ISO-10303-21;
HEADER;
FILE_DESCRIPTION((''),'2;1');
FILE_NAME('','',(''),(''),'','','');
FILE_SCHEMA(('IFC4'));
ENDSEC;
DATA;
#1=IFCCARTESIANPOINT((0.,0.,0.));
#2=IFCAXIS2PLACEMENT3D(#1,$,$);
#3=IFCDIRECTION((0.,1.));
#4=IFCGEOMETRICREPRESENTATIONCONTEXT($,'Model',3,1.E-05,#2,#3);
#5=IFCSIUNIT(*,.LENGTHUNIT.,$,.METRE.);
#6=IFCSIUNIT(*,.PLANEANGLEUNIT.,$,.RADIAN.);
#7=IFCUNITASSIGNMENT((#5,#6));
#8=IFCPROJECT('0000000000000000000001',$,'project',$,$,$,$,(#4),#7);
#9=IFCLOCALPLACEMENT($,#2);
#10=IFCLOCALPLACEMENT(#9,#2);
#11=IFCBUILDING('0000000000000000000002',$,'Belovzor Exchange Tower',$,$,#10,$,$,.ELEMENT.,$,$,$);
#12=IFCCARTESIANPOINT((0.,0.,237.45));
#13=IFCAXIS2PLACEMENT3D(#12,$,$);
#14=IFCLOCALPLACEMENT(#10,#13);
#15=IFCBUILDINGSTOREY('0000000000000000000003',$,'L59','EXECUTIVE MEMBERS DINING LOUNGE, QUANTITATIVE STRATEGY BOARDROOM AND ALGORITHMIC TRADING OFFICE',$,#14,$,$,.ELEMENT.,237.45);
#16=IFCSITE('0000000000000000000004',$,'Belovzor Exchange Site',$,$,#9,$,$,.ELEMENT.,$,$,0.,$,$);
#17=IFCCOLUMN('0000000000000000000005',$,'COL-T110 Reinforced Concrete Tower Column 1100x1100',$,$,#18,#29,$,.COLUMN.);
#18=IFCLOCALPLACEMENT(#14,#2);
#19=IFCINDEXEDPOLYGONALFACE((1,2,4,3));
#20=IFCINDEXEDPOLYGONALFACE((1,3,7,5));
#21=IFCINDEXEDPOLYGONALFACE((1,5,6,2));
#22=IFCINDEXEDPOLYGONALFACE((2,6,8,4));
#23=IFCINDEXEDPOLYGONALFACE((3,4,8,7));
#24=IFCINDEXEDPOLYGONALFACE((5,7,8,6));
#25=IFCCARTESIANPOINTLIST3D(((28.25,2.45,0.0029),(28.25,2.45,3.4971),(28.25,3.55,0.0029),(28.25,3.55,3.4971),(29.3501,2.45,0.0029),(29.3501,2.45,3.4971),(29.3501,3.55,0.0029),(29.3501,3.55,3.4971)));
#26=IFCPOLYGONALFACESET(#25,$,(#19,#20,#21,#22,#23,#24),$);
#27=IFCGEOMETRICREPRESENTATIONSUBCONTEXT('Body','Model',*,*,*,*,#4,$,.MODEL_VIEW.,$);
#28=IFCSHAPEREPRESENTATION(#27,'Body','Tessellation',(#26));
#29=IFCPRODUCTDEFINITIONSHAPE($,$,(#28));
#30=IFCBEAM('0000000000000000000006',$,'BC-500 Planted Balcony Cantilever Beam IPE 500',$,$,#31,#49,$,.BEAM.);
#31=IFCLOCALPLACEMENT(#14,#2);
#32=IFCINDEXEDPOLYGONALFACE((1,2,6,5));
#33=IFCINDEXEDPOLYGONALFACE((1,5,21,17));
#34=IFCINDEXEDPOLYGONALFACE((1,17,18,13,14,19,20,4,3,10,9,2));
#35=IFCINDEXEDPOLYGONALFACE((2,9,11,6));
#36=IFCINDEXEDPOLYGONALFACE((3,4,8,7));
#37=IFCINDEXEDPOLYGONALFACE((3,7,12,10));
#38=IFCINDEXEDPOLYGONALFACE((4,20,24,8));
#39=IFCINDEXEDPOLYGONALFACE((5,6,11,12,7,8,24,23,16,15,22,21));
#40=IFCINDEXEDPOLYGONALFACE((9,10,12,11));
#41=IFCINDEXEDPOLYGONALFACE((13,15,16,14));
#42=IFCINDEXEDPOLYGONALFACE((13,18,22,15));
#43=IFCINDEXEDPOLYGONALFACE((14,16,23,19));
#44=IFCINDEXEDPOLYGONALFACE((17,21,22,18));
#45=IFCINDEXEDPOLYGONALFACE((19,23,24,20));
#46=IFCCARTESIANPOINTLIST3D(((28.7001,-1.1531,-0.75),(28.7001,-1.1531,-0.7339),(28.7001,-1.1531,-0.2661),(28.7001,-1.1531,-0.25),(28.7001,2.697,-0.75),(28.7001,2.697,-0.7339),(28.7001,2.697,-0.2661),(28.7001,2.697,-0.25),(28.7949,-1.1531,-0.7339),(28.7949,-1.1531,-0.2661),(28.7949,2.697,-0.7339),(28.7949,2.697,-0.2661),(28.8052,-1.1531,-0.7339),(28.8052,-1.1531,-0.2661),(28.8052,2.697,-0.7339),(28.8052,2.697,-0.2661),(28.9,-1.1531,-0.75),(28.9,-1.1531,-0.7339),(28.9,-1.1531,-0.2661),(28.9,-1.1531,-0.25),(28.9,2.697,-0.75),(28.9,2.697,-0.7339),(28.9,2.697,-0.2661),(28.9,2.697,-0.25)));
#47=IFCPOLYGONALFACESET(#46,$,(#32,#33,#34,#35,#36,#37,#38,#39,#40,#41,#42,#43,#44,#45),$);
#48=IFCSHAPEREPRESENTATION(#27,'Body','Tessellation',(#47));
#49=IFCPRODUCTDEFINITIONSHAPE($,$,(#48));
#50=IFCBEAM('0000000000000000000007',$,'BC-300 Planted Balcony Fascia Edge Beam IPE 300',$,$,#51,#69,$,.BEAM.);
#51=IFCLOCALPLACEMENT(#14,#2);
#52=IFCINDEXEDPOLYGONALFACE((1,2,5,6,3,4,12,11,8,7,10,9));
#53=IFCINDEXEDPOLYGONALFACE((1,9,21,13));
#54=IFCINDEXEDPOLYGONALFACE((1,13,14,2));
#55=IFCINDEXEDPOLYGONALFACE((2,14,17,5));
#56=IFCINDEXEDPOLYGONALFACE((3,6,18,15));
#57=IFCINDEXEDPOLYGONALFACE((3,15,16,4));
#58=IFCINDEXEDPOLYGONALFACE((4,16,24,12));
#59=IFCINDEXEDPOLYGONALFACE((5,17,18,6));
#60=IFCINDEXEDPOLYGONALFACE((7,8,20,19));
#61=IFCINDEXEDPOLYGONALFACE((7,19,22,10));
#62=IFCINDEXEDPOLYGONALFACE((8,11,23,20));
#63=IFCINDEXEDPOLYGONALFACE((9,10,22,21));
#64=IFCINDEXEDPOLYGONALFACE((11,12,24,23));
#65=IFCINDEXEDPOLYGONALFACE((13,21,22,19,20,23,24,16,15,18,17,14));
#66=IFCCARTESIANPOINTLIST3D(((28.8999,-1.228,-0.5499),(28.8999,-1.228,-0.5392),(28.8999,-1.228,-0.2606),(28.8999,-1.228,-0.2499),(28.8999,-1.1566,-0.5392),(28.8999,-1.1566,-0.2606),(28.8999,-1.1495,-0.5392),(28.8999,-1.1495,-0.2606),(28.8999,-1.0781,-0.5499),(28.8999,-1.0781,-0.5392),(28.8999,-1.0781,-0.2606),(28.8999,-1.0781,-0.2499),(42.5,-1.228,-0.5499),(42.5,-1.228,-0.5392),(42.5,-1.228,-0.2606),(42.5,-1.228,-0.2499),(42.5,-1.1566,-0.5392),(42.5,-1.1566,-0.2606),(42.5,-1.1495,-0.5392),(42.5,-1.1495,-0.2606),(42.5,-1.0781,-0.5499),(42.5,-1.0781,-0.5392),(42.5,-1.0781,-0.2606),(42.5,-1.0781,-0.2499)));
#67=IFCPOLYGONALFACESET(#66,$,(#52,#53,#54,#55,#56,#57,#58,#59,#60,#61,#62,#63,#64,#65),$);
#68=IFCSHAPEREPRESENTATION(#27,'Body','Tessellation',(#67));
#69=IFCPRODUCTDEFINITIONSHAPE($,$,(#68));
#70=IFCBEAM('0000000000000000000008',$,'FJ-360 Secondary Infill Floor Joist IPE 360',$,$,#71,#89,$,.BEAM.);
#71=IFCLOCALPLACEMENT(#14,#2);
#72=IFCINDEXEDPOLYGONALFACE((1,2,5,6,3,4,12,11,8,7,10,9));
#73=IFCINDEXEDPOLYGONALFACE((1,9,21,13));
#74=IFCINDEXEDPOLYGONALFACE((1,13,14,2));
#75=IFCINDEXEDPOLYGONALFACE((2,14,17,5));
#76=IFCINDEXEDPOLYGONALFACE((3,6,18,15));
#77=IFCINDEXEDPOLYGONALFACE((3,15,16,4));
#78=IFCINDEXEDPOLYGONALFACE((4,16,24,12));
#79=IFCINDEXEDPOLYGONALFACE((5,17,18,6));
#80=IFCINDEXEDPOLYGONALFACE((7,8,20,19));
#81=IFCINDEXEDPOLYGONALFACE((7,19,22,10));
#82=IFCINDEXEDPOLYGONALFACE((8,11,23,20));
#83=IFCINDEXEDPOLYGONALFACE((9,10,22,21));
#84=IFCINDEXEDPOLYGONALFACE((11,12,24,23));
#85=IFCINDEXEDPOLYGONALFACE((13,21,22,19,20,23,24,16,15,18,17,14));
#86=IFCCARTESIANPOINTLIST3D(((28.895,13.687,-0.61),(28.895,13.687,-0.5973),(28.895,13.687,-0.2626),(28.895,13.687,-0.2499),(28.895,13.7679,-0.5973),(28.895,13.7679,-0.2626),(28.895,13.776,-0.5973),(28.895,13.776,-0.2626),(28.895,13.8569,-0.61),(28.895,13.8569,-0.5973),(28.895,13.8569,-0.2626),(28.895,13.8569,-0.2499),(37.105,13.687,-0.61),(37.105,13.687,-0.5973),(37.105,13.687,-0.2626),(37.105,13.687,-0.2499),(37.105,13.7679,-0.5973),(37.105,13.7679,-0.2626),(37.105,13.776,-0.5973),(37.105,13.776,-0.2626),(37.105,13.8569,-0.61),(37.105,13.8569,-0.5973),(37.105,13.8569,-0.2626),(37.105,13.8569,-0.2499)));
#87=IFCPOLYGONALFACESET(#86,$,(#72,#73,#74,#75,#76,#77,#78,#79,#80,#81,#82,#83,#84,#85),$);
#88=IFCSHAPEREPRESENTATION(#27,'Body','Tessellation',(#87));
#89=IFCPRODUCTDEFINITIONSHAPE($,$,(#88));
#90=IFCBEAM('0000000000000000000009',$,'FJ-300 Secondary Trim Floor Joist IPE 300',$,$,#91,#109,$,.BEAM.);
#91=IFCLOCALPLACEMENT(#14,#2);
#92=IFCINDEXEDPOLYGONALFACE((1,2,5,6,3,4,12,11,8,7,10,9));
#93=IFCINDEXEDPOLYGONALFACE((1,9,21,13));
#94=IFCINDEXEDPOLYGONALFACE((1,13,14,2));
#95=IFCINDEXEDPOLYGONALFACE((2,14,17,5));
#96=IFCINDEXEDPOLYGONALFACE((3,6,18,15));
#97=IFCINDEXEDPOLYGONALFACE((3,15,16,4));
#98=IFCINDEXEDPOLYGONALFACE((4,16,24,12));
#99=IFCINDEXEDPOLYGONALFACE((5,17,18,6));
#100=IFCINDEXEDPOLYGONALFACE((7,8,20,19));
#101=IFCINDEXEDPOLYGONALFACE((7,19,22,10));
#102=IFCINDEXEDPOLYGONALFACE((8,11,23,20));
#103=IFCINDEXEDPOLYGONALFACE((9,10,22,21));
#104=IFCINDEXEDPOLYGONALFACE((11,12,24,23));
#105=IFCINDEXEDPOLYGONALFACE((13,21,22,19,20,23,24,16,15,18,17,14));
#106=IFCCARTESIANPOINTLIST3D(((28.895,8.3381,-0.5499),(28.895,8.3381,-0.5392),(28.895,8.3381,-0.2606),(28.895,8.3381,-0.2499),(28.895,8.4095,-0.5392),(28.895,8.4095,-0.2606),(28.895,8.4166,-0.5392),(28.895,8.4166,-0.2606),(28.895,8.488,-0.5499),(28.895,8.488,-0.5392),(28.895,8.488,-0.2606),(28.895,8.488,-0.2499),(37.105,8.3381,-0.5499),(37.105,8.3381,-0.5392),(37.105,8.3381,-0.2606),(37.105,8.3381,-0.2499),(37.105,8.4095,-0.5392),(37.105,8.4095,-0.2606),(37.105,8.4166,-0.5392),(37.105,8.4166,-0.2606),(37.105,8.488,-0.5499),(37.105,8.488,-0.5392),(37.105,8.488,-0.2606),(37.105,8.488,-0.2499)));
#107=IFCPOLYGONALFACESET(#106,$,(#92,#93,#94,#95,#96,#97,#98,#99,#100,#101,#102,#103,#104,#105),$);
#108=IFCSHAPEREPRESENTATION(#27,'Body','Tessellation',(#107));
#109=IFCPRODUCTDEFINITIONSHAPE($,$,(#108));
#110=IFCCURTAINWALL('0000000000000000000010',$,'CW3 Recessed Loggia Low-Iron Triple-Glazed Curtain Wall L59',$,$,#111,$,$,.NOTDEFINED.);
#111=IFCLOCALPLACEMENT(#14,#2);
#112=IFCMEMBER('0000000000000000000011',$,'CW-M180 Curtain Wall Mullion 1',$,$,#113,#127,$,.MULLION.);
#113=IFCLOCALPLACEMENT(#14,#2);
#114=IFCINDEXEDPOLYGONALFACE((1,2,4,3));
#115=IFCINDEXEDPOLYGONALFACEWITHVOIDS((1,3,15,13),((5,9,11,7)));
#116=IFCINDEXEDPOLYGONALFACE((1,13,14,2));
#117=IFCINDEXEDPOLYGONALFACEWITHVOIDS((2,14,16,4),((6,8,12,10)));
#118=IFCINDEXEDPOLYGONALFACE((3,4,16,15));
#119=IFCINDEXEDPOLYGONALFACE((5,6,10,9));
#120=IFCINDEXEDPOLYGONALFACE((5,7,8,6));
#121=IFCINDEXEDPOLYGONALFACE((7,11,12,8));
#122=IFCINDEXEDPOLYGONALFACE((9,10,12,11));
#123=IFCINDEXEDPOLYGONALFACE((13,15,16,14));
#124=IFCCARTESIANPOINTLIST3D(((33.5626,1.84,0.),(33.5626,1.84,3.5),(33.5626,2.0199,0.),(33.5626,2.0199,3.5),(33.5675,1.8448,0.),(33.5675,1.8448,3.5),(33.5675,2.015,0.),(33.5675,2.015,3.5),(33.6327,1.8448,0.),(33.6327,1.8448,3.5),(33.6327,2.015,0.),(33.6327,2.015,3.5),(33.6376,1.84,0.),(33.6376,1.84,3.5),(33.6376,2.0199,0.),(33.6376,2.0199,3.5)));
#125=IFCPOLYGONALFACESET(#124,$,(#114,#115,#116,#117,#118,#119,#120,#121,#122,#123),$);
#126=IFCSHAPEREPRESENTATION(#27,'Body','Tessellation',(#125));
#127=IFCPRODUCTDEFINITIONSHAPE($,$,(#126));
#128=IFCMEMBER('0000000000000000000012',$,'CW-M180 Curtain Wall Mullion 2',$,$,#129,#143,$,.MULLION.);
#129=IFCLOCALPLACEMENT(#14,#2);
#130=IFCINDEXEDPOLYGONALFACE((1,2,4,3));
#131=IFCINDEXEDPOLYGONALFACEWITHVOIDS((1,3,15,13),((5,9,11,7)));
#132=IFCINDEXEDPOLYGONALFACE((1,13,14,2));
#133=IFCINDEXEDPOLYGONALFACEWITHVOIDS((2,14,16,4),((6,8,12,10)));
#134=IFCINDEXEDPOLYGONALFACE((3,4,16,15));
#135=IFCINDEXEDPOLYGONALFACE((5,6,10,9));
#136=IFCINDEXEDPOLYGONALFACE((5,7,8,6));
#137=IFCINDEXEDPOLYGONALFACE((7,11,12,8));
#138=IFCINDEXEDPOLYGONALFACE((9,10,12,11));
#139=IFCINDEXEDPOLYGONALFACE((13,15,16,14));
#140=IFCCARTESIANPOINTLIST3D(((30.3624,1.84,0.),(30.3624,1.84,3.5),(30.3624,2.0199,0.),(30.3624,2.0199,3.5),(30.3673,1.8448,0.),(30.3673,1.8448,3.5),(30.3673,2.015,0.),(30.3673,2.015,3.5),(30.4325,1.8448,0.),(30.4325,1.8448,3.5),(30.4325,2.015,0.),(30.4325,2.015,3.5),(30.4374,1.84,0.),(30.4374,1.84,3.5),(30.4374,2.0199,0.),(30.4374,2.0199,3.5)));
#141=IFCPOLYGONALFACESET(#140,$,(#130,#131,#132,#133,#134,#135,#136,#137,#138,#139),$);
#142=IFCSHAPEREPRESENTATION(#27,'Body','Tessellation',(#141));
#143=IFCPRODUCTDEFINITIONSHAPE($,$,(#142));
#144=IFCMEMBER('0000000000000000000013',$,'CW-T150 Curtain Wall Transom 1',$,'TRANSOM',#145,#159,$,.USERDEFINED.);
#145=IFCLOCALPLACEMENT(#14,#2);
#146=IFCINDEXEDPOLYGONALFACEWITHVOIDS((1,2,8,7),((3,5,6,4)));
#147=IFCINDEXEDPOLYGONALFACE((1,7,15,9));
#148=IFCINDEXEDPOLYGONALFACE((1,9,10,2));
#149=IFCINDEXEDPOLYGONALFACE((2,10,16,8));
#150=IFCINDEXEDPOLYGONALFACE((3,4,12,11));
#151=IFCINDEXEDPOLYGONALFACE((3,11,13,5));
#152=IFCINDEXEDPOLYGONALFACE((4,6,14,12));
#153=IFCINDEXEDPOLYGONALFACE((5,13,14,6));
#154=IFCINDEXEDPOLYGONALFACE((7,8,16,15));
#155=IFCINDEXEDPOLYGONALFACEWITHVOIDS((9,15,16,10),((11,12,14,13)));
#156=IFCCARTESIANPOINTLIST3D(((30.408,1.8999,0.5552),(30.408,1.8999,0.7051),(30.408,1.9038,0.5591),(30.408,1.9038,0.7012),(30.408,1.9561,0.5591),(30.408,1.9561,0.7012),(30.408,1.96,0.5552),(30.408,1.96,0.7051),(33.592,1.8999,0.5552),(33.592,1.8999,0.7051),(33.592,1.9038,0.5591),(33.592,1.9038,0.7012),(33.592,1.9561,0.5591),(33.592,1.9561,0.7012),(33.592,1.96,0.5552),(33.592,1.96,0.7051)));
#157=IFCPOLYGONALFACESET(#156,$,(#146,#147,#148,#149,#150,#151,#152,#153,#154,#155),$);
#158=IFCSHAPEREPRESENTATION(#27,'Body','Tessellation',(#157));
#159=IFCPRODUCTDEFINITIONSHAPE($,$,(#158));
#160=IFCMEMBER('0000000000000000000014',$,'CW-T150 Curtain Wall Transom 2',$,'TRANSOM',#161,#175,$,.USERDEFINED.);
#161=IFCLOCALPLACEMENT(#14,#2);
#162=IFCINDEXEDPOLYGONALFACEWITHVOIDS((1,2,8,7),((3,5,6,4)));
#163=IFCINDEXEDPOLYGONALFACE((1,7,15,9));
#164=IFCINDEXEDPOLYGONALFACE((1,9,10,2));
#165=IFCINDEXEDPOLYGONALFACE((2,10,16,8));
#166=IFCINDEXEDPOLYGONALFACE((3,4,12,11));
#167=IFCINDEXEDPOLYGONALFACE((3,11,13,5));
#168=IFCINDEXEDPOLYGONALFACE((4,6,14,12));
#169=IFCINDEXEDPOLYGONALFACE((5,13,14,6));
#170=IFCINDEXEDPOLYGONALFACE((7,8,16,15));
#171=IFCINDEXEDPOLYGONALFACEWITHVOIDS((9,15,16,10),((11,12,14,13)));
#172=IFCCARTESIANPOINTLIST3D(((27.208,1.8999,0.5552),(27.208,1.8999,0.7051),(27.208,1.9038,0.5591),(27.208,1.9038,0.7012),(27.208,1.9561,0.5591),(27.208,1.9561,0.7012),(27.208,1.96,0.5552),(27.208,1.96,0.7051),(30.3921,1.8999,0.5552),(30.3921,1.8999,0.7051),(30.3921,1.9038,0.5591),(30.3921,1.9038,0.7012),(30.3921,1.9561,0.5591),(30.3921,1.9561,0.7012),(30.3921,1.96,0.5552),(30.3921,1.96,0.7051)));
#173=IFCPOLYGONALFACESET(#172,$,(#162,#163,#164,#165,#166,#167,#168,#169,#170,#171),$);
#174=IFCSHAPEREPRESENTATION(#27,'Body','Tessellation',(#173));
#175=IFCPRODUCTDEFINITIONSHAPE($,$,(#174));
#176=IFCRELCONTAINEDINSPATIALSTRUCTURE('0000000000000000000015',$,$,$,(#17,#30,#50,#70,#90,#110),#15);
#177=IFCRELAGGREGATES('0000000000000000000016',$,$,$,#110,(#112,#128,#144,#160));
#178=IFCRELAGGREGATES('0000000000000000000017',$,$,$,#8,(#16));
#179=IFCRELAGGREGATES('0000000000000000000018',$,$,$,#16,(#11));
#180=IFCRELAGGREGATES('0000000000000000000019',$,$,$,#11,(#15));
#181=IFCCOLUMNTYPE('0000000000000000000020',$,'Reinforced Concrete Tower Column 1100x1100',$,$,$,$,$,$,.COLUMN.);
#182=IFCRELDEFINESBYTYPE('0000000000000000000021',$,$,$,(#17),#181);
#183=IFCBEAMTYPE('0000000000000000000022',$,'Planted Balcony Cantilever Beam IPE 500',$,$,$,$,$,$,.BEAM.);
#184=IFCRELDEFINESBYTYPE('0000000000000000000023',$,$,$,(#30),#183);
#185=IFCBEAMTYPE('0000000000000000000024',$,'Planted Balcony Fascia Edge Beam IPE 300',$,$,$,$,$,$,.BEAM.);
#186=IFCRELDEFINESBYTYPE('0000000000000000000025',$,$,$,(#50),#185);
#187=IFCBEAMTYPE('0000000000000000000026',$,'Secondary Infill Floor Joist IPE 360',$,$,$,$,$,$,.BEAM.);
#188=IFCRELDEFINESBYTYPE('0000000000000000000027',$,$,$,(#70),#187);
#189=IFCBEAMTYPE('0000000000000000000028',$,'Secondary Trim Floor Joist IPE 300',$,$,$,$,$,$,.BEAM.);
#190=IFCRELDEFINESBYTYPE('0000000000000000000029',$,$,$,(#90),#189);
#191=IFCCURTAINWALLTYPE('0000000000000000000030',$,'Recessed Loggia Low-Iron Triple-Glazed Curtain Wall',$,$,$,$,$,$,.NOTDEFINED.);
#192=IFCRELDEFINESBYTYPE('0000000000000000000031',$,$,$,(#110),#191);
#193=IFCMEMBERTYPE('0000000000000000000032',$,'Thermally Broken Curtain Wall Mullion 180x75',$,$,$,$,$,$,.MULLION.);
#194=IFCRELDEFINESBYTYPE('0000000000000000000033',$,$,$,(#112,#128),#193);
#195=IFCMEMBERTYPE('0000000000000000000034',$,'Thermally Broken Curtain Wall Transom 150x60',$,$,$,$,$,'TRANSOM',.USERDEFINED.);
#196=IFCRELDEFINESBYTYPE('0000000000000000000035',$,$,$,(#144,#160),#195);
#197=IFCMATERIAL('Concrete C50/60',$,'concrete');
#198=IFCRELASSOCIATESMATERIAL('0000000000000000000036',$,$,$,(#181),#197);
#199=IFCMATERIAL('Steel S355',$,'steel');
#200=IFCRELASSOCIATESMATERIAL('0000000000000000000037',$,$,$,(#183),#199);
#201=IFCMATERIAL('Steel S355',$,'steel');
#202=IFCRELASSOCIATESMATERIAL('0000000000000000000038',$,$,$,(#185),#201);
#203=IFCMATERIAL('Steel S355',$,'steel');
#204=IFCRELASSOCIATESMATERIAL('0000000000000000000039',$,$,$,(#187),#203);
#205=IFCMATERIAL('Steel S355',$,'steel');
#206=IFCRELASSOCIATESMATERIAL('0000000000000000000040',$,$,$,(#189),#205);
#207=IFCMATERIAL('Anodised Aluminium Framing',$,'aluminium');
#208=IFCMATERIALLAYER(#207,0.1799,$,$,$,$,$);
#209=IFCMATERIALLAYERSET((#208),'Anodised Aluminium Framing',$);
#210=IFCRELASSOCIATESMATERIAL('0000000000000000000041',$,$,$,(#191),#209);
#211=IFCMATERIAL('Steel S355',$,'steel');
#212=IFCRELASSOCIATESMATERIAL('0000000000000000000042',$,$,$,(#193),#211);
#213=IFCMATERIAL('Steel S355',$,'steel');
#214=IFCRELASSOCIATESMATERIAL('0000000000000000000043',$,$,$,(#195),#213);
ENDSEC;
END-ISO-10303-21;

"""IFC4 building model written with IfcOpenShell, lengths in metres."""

from ifc_helpers import new_model, si_unit, direction, frame, origin, origin_2d, place, context, subcontext, project, spatial, rectangle, hollow_rectangle, i_section, extrude, material, layer, layer_set, material_profile, profile_set, type_object, element, aggregate, save


model = new_model("IFC4")

# Units and contexts
model_context = context("Model", 3, precision=1e-05, world=origin(), true_north=direction((0.0, 1.0)))
body_context = subcontext(model_context, "Body", "Model", "MODEL_VIEW")
ifc_project = project(units=[si_unit("LENGTHUNIT", "METRE"), si_unit("PLANEANGLEUNIT", "RADIAN")], contexts=[model_context])

# Site, building, storey
site_placement = place(None, origin())
site = spatial("IfcSite", under=ifc_project, at=site_placement, Name="Belovzor Exchange Site", CompositionType="ELEMENT", RefElevation=0.0)
building_placement = place(site_placement, origin())
building = spatial("IfcBuilding", under=site, at=building_placement, Name="Belovzor Exchange Tower", CompositionType="ELEMENT")
storey_placement = place(building_placement, frame((0.0, 0.0, 237.45)))
storey = spatial("IfcBuildingStorey", under=building, at=storey_placement, Name="L59", Description="EXECUTIVE MEMBERS DINING LOUNGE, QUANTITATIVE STRATEGY BOARDROOM AND ALGORITHMIC TRADING OFFICE", CompositionType="ELEMENT", Elevation=237.45)

# Column
ifc_material_1 = material(Name="Concrete C50/60", Category="concrete")
ifc_material_profile_1 = material_profile(ifc_material_1, rectangle(XDim=1.1001, YDim=1.1001, at=origin_2d()))
ifc_profile_set_1 = profile_set([ifc_material_profile_1], Name="Concrete C50/60")
column_type = type_object("IfcColumnType", Name="Reinforced Concrete Tower Column 1100x1100", PredefinedType="COLUMN", material=ifc_profile_set_1)
column_placement = place(storey_placement, frame((28.8, 3.0, 0.0029), z_axis=(0.0, 0.0, 1.0), x_axis=(1.0, 0.0, 0.0)))
element("IfcColumn", 1, at=column_placement, inside=storey, type_object=column_type, Name="COL-T110 Reinforced Concrete Tower Column 1100x1100", PredefinedType="COLUMN", context=body_context, shape_type="SweptSolid", body=[
    extrude(rectangle(XDim=1.1001, YDim=1.1001, at=origin_2d()), origin(), (0.0, 0.0, 1.0), 3.4941),
])

# Beams
ifc_material_2 = material(Name="Steel S355", Category="steel")
ifc_material_profile_2 = material_profile(ifc_material_2, i_section(OverallWidth=0.2, OverallDepth=0.5, WebThickness=0.0103, FlangeThickness=0.0161, at=origin_2d()))
ifc_profile_set_2 = profile_set([ifc_material_profile_2], Name="Steel S355")
beam_type_1 = type_object("IfcBeamType", Name="Planted Balcony Cantilever Beam IPE 500", PredefinedType="BEAM", material=ifc_profile_set_2)
beam_1_placement = place(storey_placement, frame((28.8, 2.697, -0.5), z_axis=(0.0, -1.0, 0.0), x_axis=(1.0, 0.0, 0.0)))
element("IfcBeam", 2, at=beam_1_placement, inside=storey, type_object=beam_type_1, Name="BC-500 Planted Balcony Cantilever Beam IPE 500", PredefinedType="BEAM", context=body_context, shape_type="SweptSolid", body=[
    extrude(i_section(OverallWidth=0.2, OverallDepth=0.5, WebThickness=0.0103, FlangeThickness=0.0161, at=origin_2d()), origin(), (0.0, 0.0, 1.0), 3.8501),
])
ifc_material_3 = material(Name="Steel S355", Category="steel")
ifc_material_profile_3 = material_profile(ifc_material_3, i_section(OverallWidth=0.1499, OverallDepth=0.3, WebThickness=0.0071, FlangeThickness=0.0107, at=origin_2d()))
ifc_profile_set_3 = profile_set([ifc_material_profile_3], Name="Steel S355")
beam_type_2 = type_object("IfcBeamType", Name="Planted Balcony Fascia Edge Beam IPE 300", PredefinedType="BEAM", material=ifc_profile_set_3)
beam_2_placement = place(storey_placement, frame((28.8999, -1.1531, -0.3999), z_axis=(1.0, 0.0, 0.0), x_axis=(0.0, 1.0, 0.0)))
element("IfcBeam", 3, at=beam_2_placement, inside=storey, type_object=beam_type_2, Name="BC-300 Planted Balcony Fascia Edge Beam IPE 300", PredefinedType="BEAM", context=body_context, shape_type="SweptSolid", body=[
    extrude(i_section(OverallWidth=0.1499, OverallDepth=0.3, WebThickness=0.0071, FlangeThickness=0.0107, at=origin_2d()), origin(), (0.0, 0.0, 1.0), 13.6001),
])
ifc_material_4 = material(Name="Steel S355", Category="steel")
ifc_material_profile_4 = material_profile(ifc_material_4, i_section(OverallWidth=0.1699, OverallDepth=0.3601, WebThickness=0.0081, FlangeThickness=0.0127, at=origin_2d()))
ifc_profile_set_4 = profile_set([ifc_material_profile_4], Name="Steel S355")
beam_type_3 = type_object("IfcBeamType", Name="Secondary Infill Floor Joist IPE 360", PredefinedType="BEAM", material=ifc_profile_set_4)
beam_3_placement = place(storey_placement, frame((28.895, 13.772, -0.4299), z_axis=(1.0, 0.0, 0.0), x_axis=(0.0, 1.0, 0.0)))
element("IfcBeam", 4, at=beam_3_placement, inside=storey, type_object=beam_type_3, Name="FJ-360 Secondary Infill Floor Joist IPE 360", PredefinedType="BEAM", context=body_context, shape_type="SweptSolid", body=[
    extrude(i_section(OverallWidth=0.1699, OverallDepth=0.3601, WebThickness=0.0081, FlangeThickness=0.0127, at=origin_2d()), origin(), (0.0, 0.0, 1.0), 8.21),
])
ifc_material_5 = material(Name="Steel S355", Category="steel")
ifc_material_profile_5 = material_profile(ifc_material_5, i_section(OverallWidth=0.1499, OverallDepth=0.3, WebThickness=0.0071, FlangeThickness=0.0107, at=origin_2d()))
ifc_profile_set_5 = profile_set([ifc_material_profile_5], Name="Steel S355")
beam_type_4 = type_object("IfcBeamType", Name="Secondary Trim Floor Joist IPE 300", PredefinedType="BEAM", material=ifc_profile_set_5)
beam_4_placement = place(storey_placement, frame((28.895, 8.4131, -0.3999), z_axis=(1.0, 0.0, 0.0), x_axis=(0.0, 1.0, 0.0)))
element("IfcBeam", 5, at=beam_4_placement, inside=storey, type_object=beam_type_4, Name="FJ-300 Secondary Trim Floor Joist IPE 300", PredefinedType="BEAM", context=body_context, shape_type="SweptSolid", body=[
    extrude(i_section(OverallWidth=0.1499, OverallDepth=0.3, WebThickness=0.0071, FlangeThickness=0.0107, at=origin_2d()), origin(), (0.0, 0.0, 1.0), 8.21),
])

# Curtain wall, members
ifc_material_6 = material(Name="Anodised Aluminium Framing", Category="aluminium")
ifc_layer_1 = layer(ifc_material_6, 0.1799)
ifc_layer_set_1 = layer_set([ifc_layer_1], Name="Anodised Aluminium Framing")
curtain_wall_type = type_object("IfcCurtainWallType", Name="Recessed Loggia Low-Iron Triple-Glazed Curtain Wall", PredefinedType="NOTDEFINED", material=ifc_layer_set_1)
curtain_wall_placement = place(storey_placement, origin())
curtain_wall = element("IfcCurtainWall", 6, at=curtain_wall_placement, inside=storey, type_object=curtain_wall_type, Name="CW3 Recessed Loggia Low-Iron Triple-Glazed Curtain Wall L59", PredefinedType="NOTDEFINED")
ifc_material_7 = material(Name="Steel S355", Category="steel")
ifc_material_profile_6 = material_profile(ifc_material_7, hollow_rectangle(XDim=0.075, YDim=0.1799, WallThickness=0.0049, at=origin_2d()))
ifc_profile_set_6 = profile_set([ifc_material_profile_6], Name="Steel S355")
member_type_1 = type_object("IfcMemberType", Name="Thermally Broken Curtain Wall Mullion 180x75", PredefinedType="MULLION", material=ifc_profile_set_6)
member_1_placement = place(storey_placement, frame((33.6001, 1.9299, 0.0), z_axis=(0.0, 0.0, 1.0), x_axis=(-1.0, 0.0, 0.0)))
member_1 = element("IfcMember", 7, at=member_1_placement, type_object=member_type_1, Name="CW-M180 Curtain Wall Mullion 1", PredefinedType="MULLION", context=body_context, shape_type="SweptSolid", body=[
    extrude(hollow_rectangle(XDim=0.075, YDim=0.1799, WallThickness=0.0049, at=origin_2d()), origin(), (0.0, 0.0, 1.0), 3.5),
])
member_2_placement = place(storey_placement, frame((30.3999, 1.9299, 0.0), z_axis=(0.0, 0.0, 1.0), x_axis=(-1.0, 0.0, 0.0)))
member_2 = element("IfcMember", 8, at=member_2_placement, type_object=member_type_1, Name="CW-M180 Curtain Wall Mullion 2", PredefinedType="MULLION", context=body_context, shape_type="SweptSolid", body=[
    extrude(hollow_rectangle(XDim=0.075, YDim=0.1799, WallThickness=0.0049, at=origin_2d()), origin(), (0.0, 0.0, 1.0), 3.5),
])
ifc_material_8 = material(Name="Steel S355", Category="steel")
ifc_material_profile_7 = material_profile(ifc_material_8, hollow_rectangle(XDim=0.0601, YDim=0.1499, WallThickness=0.0039, at=origin_2d()))
ifc_profile_set_7 = profile_set([ifc_material_profile_7], Name="Steel S355")
member_type_2 = type_object("IfcMemberType", Name="Thermally Broken Curtain Wall Transom 150x60", ElementType="TRANSOM", PredefinedType="USERDEFINED", material=ifc_profile_set_7)
member_3_placement = place(storey_placement, frame((33.592, 1.9299, 0.6301), z_axis=(-1.0, 0.0, 0.0), x_axis=(0.0, -1.0, 0.0)))
member_3 = element("IfcMember", 9, at=member_3_placement, type_object=member_type_2, Name="CW-T150 Curtain Wall Transom 1", ObjectType="TRANSOM", PredefinedType="USERDEFINED", context=body_context, shape_type="SweptSolid", body=[
    extrude(hollow_rectangle(XDim=0.0601, YDim=0.1499, WallThickness=0.0039, at=origin_2d()), origin(), (0.0, 0.0, 1.0), 3.1841),
])
member_4_placement = place(storey_placement, frame((30.3921, 1.9299, 0.6301), z_axis=(-1.0, 0.0, 0.0), x_axis=(0.0, -1.0, 0.0)))
member_4 = element("IfcMember", 10, at=member_4_placement, type_object=member_type_2, Name="CW-T150 Curtain Wall Transom 2", ObjectType="TRANSOM", PredefinedType="USERDEFINED", context=body_context, shape_type="SweptSolid", body=[
    extrude(hollow_rectangle(XDim=0.0601, YDim=0.1499, WallThickness=0.0039, at=origin_2d()), origin(), (0.0, 0.0, 1.0), 3.1841),
])

aggregate(curtain_wall, [member_1, member_2, member_3, member_4])

save(model, "model.ifc")
